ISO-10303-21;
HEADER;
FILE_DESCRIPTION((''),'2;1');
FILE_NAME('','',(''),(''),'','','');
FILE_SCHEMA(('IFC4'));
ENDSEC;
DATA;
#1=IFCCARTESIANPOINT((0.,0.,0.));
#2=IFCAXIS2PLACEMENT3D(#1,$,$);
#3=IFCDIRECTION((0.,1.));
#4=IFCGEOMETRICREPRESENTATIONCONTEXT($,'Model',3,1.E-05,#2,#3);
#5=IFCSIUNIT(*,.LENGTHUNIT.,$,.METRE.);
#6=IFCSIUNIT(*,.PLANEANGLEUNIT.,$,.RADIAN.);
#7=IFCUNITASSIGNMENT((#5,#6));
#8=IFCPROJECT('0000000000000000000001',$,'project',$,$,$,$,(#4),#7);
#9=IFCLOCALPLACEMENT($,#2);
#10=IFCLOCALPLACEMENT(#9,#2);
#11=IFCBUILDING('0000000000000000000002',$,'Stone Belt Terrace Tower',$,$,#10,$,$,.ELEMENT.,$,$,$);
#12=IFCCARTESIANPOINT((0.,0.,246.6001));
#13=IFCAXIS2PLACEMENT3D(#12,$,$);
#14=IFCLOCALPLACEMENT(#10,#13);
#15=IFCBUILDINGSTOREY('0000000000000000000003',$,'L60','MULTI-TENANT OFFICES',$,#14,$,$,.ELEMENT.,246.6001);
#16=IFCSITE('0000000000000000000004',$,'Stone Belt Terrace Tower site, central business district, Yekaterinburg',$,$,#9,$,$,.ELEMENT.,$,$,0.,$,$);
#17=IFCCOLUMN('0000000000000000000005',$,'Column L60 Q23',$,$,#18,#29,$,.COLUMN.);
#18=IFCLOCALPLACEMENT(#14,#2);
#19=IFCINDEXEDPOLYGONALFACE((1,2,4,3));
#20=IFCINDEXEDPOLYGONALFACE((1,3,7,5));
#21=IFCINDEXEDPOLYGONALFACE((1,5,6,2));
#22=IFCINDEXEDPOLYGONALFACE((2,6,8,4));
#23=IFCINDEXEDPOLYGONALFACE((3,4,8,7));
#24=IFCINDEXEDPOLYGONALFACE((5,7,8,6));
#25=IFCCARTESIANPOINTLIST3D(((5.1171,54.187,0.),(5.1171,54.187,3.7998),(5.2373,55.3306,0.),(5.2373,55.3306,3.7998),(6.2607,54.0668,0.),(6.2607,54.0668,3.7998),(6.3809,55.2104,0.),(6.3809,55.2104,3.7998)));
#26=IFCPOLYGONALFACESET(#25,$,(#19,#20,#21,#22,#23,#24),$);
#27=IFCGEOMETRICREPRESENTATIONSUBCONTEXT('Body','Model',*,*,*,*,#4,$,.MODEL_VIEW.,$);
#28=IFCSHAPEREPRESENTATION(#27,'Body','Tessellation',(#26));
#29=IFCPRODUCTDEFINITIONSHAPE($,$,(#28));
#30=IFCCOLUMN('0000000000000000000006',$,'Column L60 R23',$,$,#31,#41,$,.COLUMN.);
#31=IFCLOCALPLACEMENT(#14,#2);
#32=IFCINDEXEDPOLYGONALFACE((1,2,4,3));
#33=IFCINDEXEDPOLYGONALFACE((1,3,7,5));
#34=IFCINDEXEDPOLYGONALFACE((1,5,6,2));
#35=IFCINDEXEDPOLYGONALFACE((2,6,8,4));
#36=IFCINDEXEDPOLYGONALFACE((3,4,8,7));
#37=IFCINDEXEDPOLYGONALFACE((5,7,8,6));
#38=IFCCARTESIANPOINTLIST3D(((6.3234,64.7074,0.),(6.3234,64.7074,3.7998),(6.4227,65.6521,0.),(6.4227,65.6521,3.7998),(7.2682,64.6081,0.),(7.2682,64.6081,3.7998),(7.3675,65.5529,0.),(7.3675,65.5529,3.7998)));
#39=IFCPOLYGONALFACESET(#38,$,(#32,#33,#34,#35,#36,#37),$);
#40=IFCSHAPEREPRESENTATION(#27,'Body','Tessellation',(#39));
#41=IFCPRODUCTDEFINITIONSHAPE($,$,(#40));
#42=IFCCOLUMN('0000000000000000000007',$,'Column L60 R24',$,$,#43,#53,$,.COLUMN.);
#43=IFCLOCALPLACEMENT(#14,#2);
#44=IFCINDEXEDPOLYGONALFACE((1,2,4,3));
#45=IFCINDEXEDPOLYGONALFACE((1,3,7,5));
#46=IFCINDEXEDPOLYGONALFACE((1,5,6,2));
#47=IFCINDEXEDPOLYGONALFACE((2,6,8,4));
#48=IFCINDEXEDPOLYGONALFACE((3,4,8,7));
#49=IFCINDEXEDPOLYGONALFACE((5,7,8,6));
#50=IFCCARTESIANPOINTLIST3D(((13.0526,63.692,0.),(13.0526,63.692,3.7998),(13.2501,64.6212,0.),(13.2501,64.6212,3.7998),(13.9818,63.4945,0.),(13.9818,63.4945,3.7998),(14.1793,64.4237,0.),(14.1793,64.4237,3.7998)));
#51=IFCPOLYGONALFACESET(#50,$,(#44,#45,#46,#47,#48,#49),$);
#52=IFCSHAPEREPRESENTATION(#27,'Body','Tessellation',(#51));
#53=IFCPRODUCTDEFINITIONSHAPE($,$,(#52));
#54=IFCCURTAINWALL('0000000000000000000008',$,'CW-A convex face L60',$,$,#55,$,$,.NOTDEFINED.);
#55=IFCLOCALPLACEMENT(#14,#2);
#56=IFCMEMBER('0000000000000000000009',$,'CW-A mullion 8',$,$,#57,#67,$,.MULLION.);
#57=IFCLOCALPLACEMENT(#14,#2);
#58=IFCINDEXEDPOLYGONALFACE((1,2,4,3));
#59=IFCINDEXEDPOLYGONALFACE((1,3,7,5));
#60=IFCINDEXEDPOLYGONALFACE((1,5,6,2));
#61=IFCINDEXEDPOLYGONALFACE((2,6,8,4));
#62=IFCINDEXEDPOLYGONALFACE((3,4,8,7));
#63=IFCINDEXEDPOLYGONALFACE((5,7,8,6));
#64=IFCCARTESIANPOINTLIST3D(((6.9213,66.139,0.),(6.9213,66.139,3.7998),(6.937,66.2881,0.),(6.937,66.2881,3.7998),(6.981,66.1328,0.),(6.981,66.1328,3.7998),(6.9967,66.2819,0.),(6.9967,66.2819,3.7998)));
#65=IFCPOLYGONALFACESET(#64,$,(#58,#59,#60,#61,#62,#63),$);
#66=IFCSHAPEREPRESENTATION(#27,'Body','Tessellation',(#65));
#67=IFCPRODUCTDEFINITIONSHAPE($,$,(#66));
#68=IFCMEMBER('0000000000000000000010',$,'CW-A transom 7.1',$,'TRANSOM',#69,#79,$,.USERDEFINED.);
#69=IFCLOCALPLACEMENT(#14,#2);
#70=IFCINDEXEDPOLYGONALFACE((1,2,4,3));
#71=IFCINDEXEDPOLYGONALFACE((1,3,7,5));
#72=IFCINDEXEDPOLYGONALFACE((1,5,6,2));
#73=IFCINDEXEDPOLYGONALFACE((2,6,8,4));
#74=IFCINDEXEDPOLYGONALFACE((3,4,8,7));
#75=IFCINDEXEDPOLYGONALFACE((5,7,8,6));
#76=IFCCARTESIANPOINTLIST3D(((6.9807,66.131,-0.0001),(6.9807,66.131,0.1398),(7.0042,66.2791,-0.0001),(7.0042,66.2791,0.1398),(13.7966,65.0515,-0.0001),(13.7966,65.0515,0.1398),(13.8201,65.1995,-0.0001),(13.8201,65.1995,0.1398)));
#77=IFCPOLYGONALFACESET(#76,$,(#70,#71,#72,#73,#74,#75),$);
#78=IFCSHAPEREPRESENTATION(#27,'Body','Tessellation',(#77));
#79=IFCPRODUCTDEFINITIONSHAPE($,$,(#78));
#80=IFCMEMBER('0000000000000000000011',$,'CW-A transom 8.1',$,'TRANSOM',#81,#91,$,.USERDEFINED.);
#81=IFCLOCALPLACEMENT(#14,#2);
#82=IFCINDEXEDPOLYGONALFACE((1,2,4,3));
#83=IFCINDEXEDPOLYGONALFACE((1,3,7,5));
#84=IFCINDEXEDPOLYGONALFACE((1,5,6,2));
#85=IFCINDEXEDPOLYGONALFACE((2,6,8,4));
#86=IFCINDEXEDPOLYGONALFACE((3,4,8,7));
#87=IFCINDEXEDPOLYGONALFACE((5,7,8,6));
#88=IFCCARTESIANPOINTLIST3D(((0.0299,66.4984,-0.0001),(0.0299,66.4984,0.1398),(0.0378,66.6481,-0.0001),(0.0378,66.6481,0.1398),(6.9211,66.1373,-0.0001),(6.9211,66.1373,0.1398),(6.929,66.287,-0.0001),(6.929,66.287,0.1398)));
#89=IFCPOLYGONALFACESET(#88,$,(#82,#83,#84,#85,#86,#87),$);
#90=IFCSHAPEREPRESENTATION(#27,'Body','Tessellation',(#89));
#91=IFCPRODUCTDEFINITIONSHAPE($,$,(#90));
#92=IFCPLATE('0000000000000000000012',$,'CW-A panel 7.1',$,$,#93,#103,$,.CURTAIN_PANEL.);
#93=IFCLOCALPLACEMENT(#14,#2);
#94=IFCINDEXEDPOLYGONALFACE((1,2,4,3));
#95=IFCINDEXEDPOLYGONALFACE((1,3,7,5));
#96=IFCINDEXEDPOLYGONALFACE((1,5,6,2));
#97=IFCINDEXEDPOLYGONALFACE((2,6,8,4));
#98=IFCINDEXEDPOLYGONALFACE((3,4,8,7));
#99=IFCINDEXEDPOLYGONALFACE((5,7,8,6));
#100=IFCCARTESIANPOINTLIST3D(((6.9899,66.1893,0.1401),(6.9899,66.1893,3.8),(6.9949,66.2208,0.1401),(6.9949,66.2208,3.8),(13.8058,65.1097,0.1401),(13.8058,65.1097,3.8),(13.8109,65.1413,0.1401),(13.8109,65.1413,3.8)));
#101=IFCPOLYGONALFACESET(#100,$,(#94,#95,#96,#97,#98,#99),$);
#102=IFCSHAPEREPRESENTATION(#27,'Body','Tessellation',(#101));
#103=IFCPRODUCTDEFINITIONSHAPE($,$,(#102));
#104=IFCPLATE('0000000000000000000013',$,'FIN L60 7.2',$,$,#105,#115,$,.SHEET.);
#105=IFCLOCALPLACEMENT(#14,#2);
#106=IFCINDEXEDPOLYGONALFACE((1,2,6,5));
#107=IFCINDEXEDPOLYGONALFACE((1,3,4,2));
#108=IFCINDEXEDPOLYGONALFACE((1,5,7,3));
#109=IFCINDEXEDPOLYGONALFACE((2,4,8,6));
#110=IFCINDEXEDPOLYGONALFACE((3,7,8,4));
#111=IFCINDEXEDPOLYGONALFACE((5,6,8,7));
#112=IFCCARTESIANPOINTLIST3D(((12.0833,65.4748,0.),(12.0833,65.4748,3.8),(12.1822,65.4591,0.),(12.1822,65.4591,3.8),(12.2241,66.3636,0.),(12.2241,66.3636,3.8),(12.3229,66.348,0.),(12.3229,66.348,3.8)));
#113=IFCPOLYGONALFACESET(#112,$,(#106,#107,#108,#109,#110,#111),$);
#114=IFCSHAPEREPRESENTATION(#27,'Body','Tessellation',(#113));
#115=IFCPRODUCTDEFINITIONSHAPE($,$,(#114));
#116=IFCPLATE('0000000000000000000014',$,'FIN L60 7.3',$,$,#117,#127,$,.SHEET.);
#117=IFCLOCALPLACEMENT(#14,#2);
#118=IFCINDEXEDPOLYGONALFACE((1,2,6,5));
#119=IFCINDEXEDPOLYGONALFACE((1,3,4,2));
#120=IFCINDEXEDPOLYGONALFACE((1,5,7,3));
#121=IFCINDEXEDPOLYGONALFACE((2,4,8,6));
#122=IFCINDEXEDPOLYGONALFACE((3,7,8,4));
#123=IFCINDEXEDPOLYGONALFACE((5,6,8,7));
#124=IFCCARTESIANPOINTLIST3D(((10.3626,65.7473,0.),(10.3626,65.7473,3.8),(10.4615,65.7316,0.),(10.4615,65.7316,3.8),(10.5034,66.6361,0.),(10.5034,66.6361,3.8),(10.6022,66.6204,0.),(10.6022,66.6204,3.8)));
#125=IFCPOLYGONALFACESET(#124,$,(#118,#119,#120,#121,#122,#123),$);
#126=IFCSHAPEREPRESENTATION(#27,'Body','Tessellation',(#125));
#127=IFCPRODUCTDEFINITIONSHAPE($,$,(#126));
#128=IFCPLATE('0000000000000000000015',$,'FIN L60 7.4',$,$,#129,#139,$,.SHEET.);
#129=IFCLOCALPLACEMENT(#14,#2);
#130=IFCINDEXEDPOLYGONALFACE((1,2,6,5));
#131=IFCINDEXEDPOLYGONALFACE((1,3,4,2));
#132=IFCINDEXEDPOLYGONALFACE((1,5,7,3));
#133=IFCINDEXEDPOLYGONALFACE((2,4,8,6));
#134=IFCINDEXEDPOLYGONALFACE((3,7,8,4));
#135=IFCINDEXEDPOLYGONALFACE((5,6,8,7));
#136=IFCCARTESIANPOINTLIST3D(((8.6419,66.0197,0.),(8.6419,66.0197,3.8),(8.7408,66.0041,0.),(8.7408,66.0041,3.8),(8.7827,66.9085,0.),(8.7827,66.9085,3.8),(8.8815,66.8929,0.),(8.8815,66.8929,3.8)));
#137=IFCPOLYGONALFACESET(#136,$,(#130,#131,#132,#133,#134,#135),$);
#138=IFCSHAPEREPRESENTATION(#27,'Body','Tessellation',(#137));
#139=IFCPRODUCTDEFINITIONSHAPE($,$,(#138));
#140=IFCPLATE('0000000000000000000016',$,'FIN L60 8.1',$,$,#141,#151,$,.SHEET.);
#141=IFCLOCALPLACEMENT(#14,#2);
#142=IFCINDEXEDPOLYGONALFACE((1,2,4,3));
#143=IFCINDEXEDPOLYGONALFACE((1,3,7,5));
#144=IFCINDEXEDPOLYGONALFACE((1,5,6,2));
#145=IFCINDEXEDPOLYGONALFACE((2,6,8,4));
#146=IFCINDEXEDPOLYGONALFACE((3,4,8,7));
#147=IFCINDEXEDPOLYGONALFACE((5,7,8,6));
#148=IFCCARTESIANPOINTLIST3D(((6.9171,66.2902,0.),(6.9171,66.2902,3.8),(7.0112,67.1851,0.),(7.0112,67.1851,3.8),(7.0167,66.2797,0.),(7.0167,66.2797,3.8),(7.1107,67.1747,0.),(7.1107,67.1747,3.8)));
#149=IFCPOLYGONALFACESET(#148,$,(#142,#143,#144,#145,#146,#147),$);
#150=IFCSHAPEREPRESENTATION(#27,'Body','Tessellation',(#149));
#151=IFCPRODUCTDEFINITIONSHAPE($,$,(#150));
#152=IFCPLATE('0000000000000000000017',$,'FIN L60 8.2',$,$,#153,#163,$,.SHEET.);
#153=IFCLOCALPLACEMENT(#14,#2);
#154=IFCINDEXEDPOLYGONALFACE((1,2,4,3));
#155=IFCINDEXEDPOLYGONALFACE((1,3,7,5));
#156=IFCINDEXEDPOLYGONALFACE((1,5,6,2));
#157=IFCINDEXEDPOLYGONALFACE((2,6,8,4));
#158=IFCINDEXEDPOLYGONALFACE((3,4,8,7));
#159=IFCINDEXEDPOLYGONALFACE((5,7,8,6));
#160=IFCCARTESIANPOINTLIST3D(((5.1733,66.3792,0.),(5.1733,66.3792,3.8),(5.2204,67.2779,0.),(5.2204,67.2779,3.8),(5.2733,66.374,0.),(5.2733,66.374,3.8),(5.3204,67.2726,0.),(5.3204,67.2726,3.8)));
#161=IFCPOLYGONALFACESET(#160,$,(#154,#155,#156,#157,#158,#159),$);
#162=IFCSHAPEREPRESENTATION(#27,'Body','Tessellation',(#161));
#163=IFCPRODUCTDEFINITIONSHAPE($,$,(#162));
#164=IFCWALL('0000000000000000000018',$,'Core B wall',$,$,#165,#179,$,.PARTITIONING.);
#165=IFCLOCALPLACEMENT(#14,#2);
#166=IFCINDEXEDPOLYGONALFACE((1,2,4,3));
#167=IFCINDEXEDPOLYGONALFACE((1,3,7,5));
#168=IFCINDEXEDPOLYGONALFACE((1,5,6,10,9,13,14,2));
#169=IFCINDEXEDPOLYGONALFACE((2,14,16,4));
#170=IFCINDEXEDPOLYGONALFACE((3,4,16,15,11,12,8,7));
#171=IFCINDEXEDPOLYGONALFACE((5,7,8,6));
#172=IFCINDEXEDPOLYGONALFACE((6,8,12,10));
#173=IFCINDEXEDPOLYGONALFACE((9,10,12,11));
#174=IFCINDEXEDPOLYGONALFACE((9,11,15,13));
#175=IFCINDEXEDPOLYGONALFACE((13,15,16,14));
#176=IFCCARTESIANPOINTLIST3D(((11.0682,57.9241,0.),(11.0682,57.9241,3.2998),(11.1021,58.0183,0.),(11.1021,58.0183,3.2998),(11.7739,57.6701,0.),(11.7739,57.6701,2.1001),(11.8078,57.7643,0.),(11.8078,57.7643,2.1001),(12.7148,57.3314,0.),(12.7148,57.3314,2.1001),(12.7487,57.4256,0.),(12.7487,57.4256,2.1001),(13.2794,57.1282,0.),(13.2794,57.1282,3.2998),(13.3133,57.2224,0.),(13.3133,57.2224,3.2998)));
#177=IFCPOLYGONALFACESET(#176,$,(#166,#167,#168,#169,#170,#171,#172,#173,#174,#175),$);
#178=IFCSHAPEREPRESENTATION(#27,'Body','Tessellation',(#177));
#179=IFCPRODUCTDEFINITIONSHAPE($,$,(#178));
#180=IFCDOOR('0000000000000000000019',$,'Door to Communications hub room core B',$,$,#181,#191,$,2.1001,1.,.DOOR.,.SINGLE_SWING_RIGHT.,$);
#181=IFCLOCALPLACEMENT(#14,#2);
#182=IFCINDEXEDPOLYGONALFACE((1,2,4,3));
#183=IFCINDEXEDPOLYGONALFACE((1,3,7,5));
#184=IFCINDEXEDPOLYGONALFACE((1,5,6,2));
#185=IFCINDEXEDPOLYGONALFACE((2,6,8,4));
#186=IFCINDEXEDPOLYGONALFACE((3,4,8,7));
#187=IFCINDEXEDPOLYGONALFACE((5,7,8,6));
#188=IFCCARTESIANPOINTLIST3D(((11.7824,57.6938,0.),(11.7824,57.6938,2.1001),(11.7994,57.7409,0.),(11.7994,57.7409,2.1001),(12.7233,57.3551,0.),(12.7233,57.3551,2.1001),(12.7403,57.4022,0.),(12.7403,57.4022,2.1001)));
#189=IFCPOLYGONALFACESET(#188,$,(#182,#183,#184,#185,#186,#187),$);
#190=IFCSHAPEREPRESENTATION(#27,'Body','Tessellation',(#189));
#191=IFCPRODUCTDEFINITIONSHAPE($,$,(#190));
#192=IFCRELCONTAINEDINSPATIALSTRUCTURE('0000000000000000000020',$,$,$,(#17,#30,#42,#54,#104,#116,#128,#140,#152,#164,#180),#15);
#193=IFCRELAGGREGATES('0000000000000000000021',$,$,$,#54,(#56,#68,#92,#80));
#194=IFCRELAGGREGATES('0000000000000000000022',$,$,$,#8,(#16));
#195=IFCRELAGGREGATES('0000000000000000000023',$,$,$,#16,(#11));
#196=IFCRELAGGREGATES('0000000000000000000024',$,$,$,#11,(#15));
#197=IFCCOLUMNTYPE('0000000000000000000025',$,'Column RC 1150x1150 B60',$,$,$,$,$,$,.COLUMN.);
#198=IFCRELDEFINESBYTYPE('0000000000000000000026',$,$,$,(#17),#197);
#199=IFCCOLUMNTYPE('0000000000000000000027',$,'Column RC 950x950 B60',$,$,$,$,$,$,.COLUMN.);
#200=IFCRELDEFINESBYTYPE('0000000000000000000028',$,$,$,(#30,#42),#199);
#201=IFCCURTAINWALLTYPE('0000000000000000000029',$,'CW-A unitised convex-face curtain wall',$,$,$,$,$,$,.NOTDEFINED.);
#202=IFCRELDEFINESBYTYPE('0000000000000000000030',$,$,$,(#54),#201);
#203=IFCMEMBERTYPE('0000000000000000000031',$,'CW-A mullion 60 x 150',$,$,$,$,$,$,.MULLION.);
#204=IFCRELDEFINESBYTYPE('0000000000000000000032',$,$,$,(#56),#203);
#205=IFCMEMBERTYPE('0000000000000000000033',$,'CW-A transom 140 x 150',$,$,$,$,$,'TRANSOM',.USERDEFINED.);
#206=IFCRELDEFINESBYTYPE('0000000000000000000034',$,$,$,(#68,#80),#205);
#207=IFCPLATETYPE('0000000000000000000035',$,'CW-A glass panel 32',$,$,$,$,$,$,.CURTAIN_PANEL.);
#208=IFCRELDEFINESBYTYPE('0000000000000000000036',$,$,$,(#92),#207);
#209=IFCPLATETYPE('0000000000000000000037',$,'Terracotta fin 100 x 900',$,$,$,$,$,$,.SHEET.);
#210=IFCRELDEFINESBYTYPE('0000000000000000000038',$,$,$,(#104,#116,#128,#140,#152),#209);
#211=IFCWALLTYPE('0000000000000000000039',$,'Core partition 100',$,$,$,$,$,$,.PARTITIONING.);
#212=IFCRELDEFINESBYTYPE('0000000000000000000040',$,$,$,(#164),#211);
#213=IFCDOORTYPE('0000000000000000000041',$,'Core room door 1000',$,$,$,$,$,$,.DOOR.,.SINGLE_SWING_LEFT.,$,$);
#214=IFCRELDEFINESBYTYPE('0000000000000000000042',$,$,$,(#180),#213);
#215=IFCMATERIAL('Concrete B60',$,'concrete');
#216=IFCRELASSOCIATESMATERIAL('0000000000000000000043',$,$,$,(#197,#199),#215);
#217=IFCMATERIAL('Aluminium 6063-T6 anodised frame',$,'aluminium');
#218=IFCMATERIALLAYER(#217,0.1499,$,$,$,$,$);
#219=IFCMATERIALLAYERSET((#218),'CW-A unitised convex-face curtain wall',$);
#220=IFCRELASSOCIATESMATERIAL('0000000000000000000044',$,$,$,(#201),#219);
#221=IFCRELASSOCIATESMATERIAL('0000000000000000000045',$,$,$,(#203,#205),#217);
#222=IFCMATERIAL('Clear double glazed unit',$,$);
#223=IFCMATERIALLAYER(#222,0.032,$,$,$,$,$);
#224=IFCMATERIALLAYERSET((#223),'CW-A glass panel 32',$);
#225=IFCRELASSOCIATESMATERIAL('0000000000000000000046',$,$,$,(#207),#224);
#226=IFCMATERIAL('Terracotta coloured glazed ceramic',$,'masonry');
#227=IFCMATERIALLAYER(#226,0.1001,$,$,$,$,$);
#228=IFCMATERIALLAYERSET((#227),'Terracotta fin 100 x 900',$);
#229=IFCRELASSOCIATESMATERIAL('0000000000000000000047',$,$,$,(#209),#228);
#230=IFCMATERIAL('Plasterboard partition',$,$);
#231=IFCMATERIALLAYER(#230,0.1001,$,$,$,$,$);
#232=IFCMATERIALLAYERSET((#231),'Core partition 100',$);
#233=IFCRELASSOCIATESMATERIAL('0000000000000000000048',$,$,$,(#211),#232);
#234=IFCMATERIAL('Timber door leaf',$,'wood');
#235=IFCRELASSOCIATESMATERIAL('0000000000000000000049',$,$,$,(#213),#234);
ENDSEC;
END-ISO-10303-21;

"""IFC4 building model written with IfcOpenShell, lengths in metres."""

from ifc_helpers import new_model, si_unit, direction, frame, frame_2d, origin, origin_2d, place, context, subcontext, project, spatial, rectangle, extrude, material, layer, layer_set, material_profile, profile_set, type_object, element, fill, aggregate, save


model = new_model("IFC4")

# Units and contexts
model_context = context("Model", 3, precision=1e-05, world=origin(), true_north=direction((0.0, 1.0)))
body_context = subcontext(model_context, "Body", "Model", "MODEL_VIEW")
ifc_project = project(units=[si_unit("LENGTHUNIT", "METRE"), si_unit("PLANEANGLEUNIT", "RADIAN")], contexts=[model_context])

# Site, building, storey
site_placement = place(None, origin())
site = spatial("IfcSite", under=ifc_project, at=site_placement, Name="Stone Belt Terrace Tower site, central business district, Yekaterinburg", CompositionType="ELEMENT", RefElevation=0.0)
building_placement = place(site_placement, origin())
building = spatial("IfcBuilding", under=site, at=building_placement, Name="Stone Belt Terrace Tower", CompositionType="ELEMENT")
storey_placement = place(building_placement, frame((0.0, 0.0, 246.6001)))
storey = spatial("IfcBuildingStorey", under=building, at=storey_placement, Name="L60", Description="MULTI-TENANT OFFICES", CompositionType="ELEMENT", Elevation=246.6001)

# Columns
ifc_material_1 = material(Name="Concrete B60", Category="concrete")
ifc_material_profile_1 = material_profile(ifc_material_1, rectangle(XDim=1.1499, YDim=1.1499, at=origin_2d()), Name="RC 1150x1150")
ifc_profile_set_1 = profile_set([ifc_material_profile_1], Name="Concrete B60")
column_type_1 = type_object("IfcColumnType", Name="Column RC 1150x1150 B60", PredefinedType="COLUMN", material=ifc_profile_set_1)
column_placement = place(storey_placement, frame((5.749, 54.6987, 0.0), z_axis=(0.0, 0.0, 1.0), x_axis=(0.994522, -0.104528, 0.0)))
element("IfcColumn", 1, at=column_placement, inside=storey, type_object=column_type_1, Name="Column L60 Q23", PredefinedType="COLUMN", context=body_context, shape_type="SweptSolid", body=[
    extrude(rectangle(XDim=1.1499, YDim=1.1499, at=origin_2d()), origin(), (0.0, 0.0, 1.0), 3.7998),
])
ifc_material_profile_2 = material_profile(ifc_material_1, rectangle(XDim=0.95, YDim=0.95, at=origin_2d()), Name="RC 950x950")
ifc_profile_set_2 = profile_set([ifc_material_profile_2], Name="Concrete B60")
column_type_2 = type_object("IfcColumnType", Name="Column RC 950x950 B60", PredefinedType="COLUMN", material=ifc_profile_set_2)
for number, where, z_axis, x_axis, name in (
    (2, (6.8455, 65.1301, 0.0), (0.0, 0.0, 1.0), (0.994522, -0.104528, 0.0), "Column L60 R23"),
    (3, (13.616, 64.0579, 0.0), (0.0, 0.0, 1.0), (0.978148, -0.207912, 0.0), "Column L60 R24"),
):
    element("IfcColumn", number, at=place(storey_placement, frame(where, z_axis=z_axis, x_axis=x_axis)), inside=storey, type_object=column_type_2, Name=name, PredefinedType="COLUMN", context=body_context, shape_type="SweptSolid", body=[
        extrude(rectangle(XDim=0.95, YDim=0.95, at=origin_2d()), origin(), (0.0, 0.0, 1.0), 3.7998),
    ])

# Curtain wall, members, plate
ifc_material_2 = material(Name="Aluminium 6063-T6 anodised frame", Category="aluminium")
ifc_layer_1 = layer(ifc_material_2, 0.1499)
ifc_layer_set_1 = layer_set([ifc_layer_1], Name="CW-A unitised convex-face curtain wall")
curtain_wall_type = type_object("IfcCurtainWallType", Name="CW-A unitised convex-face curtain wall", PredefinedType="NOTDEFINED", material=ifc_layer_set_1)
curtain_wall_placement = place(storey_placement, origin())
curtain_wall = element("IfcCurtainWall", 4, at=curtain_wall_placement, inside=storey, type_object=curtain_wall_type, Name="CW-A convex face L60", PredefinedType="NOTDEFINED")
ifc_material_profile_3 = material_profile(ifc_material_2, rectangle(XDim=0.1499, YDim=0.0601, at=origin_2d()), Name="Aluminium 6063-T6 60x150")
ifc_profile_set_3 = profile_set([ifc_material_profile_3], Name="Aluminium 6063-T6 anodised frame")
member_type_1 = type_object("IfcMemberType", Name="CW-A mullion 60 x 150", PredefinedType="MULLION", material=ifc_profile_set_3)
member_1_placement = place(storey_placement, frame((6.959, 66.2104, 0.0), z_axis=(0.0, 0.0, 1.0), x_axis=(-0.104528, -0.994522, 0.0)))
member_1 = element("IfcMember", 5, at=member_1_placement, type_object=member_type_1, Name="CW-A mullion 8", PredefinedType="MULLION", context=body_context, shape_type="SweptSolid", body=[
    extrude(rectangle(XDim=0.1499, YDim=0.0601, at=origin_2d()), origin(), (0.0, 0.0, 1.0), 3.7998),
])
ifc_material_profile_4 = material_profile(ifc_material_2, rectangle(XDim=0.1499, YDim=0.1399, at=origin_2d()), Name="Aluminium 6063-T6 150x140")
ifc_profile_set_4 = profile_set([ifc_material_profile_4], Name="Aluminium 6063-T6 anodised frame")
member_type_2 = type_object("IfcMemberType", Name="CW-A transom 140 x 150", ElementType="TRANSOM", PredefinedType="USERDEFINED", material=ifc_profile_set_4)
member_2_placement = place(storey_placement, frame((13.8083, 65.1255, 0.0698), z_axis=(-0.987687, 0.156442, 0.0), x_axis=(-0.156442, -0.987687, 0.0)))
member_2 = element("IfcMember", 6, at=member_2_placement, type_object=member_type_2, Name="CW-A transom 7.1", ObjectType="TRANSOM", PredefinedType="USERDEFINED", context=body_context, shape_type="SweptSolid", body=[
    extrude(rectangle(XDim=0.1499, YDim=0.1399, at=origin_2d()), origin(), (0.0, 0.0, 1.0), 6.9009),
])
member_3_placement = place(storey_placement, frame((6.925, 66.2122, 0.0698), z_axis=(-0.99863, 0.052327, 0.0), x_axis=(-0.052327, -0.99863, 0.0)))
member_3 = element("IfcMember", 7, at=member_3_placement, type_object=member_type_2, Name="CW-A transom 8.1", ObjectType="TRANSOM", PredefinedType="USERDEFINED", context=body_context, shape_type="SweptSolid", body=[
    extrude(rectangle(XDim=0.1499, YDim=0.1399, at=origin_2d()), origin(), (0.0, 0.0, 1.0), 6.9006),
])
ifc_material_3 = material(Name="Clear double glazed unit")
ifc_layer_2 = layer(ifc_material_3, 0.032)
ifc_layer_set_2 = layer_set([ifc_layer_2], Name="CW-A glass panel 32")
plate_type_1 = type_object("IfcPlateType", Name="CW-A glass panel 32", PredefinedType="CURTAIN_PANEL", material=ifc_layer_set_2)
plate_placement = place(storey_placement, frame((10.4004, 65.6653, 0.1401), z_axis=(0.0, 0.0, 1.0), x_axis=(-0.987688, 0.156434, 0.0)))
plate = element("IfcPlate", 8, at=plate_placement, type_object=plate_type_1, Name="CW-A panel 7.1", PredefinedType="CURTAIN_PANEL", context=body_context, shape_type="SweptSolid", body=[
    extrude(rectangle(XDim=6.9009, YDim=0.032, at=origin_2d()), origin(), (0.0, 0.0, 1.0), 3.6599),
])
aggregate(curtain_wall, [member_1, member_2, plate, member_3])

# Plates
ifc_material_4 = material(Name="Terracotta coloured glazed ceramic", Category="masonry")
ifc_layer_3 = layer(ifc_material_4, 0.1001)
ifc_layer_set_3 = layer_set([ifc_layer_3], Name="Terracotta fin 100 x 900")
plate_type_2 = type_object("IfcPlateType", Name="Terracotta fin 100 x 900", PredefinedType="SHEET", material=ifc_layer_set_3)
for number, where, z_axis, x_axis, name in (
    (9, (12.2031, 65.9114, 0.0), (0.0, 0.0, 1.0), (0.156434, 0.987688, 0.0), "FIN L60 7.2"),
    (10, (10.4824, 66.1838, 0.0), (0.0, 0.0, 1.0), (0.156434, 0.987688, 0.0), "FIN L60 7.3"),
    (11, (8.7617, 66.4563, 0.0), (0.0, 0.0, 1.0), (0.156434, 0.987688, 0.0), "FIN L60 7.4"),
    (12, (7.0139, 66.7324, 0.0), (0.0, 0.0, 1.0), (0.104528, 0.994522, 0.0), "FIN L60 8.1"),
    (13, (5.2468, 66.8259, 0.0), (0.0, 0.0, 1.0), (0.052336, 0.99863, 0.0), "FIN L60 8.2"),
):
    element("IfcPlate", number, at=place(storey_placement, frame(where, z_axis=z_axis, x_axis=x_axis)), inside=storey, type_object=plate_type_2, Name=name, PredefinedType="SHEET", context=body_context, shape_type="SweptSolid", body=[
        extrude(rectangle(XDim=0.8999, YDim=0.1001, at=origin_2d()), origin(), (0.0, 0.0, 1.0), 3.8),
    ])

# Wall, opening, door
ifc_material_5 = material(Name="Plasterboard partition")
ifc_layer_4 = layer(ifc_material_5, 0.1001)
ifc_layer_set_4 = layer_set([ifc_layer_4], Name="Core partition 100")
wall_type_1 = type_object("IfcWallType", Name="Core partition 100", PredefinedType="PARTITIONING", material=ifc_layer_set_4)
wall_1_placement = place(storey_placement, frame((13.2964, 57.1753, 0.0), z_axis=(0.0, 0.0, 1.0), x_axis=(-0.940905, 0.338672, 0.0)))
wall_1 = element("IfcWall", 14, at=wall_1_placement, inside=storey, type_object=wall_type_1, Name="Core B wall", PredefinedType="PARTITIONING", context=body_context, shape_type="SweptSolid", body=[
    extrude(rectangle(XDim=2.3501, YDim=0.1001, at=frame_2d((1.175, 0.0))), origin(), (0.0, 0.0, 1.0), 3.2998),
])
opening_1_placement = place(wall_1_placement, frame((0.6001, 0.0, 0.0)))
opening_1 = element("IfcOpeningElement", 15, at=opening_1_placement, cuts=wall_1, PredefinedType="OPENING", context=body_context, shape_type="SweptSolid", body=[
    extrude(rectangle(XDim=1.0, YDim=2.1001, at=frame_2d((0.5, 1.05))), frame((0.0, 0.0601, 0.0), z_axis=(0.0, -1.0, 0.0), x_axis=(1.0, 0.0, 0.0)), (0.0, 0.0, 1.0), 0.1201),
])
ifc_material_6 = material(Name="Timber door leaf", Category="wood")
door_type_1 = type_object("IfcDoorType", Name="Core room door 1000", OperationType="SINGLE_SWING_LEFT", PredefinedType="DOOR", material=ifc_material_6)
door_1_placement = place(opening_1_placement, origin())
door_1 = element("IfcDoor", 16, at=door_1_placement, inside=storey, type_object=door_type_1, Name="Door to Communications hub room core B", OperationType="SINGLE_SWING_RIGHT", OverallHeight=2.1001, OverallWidth=1.0, PredefinedType="DOOR", context=body_context, shape_type="SweptSolid", body=[
    extrude(rectangle(XDim=1.0, YDim=2.1001, at=frame_2d((0.5, 1.05))), frame((0.0, 0.0249, 0.0), z_axis=(0.0, -1.0, 0.0), x_axis=(1.0, 0.0, 0.0)), (0.0, 0.0, 1.0), 0.05),
])
fill(opening_1, door_1)

save(model, "model.ifc")
